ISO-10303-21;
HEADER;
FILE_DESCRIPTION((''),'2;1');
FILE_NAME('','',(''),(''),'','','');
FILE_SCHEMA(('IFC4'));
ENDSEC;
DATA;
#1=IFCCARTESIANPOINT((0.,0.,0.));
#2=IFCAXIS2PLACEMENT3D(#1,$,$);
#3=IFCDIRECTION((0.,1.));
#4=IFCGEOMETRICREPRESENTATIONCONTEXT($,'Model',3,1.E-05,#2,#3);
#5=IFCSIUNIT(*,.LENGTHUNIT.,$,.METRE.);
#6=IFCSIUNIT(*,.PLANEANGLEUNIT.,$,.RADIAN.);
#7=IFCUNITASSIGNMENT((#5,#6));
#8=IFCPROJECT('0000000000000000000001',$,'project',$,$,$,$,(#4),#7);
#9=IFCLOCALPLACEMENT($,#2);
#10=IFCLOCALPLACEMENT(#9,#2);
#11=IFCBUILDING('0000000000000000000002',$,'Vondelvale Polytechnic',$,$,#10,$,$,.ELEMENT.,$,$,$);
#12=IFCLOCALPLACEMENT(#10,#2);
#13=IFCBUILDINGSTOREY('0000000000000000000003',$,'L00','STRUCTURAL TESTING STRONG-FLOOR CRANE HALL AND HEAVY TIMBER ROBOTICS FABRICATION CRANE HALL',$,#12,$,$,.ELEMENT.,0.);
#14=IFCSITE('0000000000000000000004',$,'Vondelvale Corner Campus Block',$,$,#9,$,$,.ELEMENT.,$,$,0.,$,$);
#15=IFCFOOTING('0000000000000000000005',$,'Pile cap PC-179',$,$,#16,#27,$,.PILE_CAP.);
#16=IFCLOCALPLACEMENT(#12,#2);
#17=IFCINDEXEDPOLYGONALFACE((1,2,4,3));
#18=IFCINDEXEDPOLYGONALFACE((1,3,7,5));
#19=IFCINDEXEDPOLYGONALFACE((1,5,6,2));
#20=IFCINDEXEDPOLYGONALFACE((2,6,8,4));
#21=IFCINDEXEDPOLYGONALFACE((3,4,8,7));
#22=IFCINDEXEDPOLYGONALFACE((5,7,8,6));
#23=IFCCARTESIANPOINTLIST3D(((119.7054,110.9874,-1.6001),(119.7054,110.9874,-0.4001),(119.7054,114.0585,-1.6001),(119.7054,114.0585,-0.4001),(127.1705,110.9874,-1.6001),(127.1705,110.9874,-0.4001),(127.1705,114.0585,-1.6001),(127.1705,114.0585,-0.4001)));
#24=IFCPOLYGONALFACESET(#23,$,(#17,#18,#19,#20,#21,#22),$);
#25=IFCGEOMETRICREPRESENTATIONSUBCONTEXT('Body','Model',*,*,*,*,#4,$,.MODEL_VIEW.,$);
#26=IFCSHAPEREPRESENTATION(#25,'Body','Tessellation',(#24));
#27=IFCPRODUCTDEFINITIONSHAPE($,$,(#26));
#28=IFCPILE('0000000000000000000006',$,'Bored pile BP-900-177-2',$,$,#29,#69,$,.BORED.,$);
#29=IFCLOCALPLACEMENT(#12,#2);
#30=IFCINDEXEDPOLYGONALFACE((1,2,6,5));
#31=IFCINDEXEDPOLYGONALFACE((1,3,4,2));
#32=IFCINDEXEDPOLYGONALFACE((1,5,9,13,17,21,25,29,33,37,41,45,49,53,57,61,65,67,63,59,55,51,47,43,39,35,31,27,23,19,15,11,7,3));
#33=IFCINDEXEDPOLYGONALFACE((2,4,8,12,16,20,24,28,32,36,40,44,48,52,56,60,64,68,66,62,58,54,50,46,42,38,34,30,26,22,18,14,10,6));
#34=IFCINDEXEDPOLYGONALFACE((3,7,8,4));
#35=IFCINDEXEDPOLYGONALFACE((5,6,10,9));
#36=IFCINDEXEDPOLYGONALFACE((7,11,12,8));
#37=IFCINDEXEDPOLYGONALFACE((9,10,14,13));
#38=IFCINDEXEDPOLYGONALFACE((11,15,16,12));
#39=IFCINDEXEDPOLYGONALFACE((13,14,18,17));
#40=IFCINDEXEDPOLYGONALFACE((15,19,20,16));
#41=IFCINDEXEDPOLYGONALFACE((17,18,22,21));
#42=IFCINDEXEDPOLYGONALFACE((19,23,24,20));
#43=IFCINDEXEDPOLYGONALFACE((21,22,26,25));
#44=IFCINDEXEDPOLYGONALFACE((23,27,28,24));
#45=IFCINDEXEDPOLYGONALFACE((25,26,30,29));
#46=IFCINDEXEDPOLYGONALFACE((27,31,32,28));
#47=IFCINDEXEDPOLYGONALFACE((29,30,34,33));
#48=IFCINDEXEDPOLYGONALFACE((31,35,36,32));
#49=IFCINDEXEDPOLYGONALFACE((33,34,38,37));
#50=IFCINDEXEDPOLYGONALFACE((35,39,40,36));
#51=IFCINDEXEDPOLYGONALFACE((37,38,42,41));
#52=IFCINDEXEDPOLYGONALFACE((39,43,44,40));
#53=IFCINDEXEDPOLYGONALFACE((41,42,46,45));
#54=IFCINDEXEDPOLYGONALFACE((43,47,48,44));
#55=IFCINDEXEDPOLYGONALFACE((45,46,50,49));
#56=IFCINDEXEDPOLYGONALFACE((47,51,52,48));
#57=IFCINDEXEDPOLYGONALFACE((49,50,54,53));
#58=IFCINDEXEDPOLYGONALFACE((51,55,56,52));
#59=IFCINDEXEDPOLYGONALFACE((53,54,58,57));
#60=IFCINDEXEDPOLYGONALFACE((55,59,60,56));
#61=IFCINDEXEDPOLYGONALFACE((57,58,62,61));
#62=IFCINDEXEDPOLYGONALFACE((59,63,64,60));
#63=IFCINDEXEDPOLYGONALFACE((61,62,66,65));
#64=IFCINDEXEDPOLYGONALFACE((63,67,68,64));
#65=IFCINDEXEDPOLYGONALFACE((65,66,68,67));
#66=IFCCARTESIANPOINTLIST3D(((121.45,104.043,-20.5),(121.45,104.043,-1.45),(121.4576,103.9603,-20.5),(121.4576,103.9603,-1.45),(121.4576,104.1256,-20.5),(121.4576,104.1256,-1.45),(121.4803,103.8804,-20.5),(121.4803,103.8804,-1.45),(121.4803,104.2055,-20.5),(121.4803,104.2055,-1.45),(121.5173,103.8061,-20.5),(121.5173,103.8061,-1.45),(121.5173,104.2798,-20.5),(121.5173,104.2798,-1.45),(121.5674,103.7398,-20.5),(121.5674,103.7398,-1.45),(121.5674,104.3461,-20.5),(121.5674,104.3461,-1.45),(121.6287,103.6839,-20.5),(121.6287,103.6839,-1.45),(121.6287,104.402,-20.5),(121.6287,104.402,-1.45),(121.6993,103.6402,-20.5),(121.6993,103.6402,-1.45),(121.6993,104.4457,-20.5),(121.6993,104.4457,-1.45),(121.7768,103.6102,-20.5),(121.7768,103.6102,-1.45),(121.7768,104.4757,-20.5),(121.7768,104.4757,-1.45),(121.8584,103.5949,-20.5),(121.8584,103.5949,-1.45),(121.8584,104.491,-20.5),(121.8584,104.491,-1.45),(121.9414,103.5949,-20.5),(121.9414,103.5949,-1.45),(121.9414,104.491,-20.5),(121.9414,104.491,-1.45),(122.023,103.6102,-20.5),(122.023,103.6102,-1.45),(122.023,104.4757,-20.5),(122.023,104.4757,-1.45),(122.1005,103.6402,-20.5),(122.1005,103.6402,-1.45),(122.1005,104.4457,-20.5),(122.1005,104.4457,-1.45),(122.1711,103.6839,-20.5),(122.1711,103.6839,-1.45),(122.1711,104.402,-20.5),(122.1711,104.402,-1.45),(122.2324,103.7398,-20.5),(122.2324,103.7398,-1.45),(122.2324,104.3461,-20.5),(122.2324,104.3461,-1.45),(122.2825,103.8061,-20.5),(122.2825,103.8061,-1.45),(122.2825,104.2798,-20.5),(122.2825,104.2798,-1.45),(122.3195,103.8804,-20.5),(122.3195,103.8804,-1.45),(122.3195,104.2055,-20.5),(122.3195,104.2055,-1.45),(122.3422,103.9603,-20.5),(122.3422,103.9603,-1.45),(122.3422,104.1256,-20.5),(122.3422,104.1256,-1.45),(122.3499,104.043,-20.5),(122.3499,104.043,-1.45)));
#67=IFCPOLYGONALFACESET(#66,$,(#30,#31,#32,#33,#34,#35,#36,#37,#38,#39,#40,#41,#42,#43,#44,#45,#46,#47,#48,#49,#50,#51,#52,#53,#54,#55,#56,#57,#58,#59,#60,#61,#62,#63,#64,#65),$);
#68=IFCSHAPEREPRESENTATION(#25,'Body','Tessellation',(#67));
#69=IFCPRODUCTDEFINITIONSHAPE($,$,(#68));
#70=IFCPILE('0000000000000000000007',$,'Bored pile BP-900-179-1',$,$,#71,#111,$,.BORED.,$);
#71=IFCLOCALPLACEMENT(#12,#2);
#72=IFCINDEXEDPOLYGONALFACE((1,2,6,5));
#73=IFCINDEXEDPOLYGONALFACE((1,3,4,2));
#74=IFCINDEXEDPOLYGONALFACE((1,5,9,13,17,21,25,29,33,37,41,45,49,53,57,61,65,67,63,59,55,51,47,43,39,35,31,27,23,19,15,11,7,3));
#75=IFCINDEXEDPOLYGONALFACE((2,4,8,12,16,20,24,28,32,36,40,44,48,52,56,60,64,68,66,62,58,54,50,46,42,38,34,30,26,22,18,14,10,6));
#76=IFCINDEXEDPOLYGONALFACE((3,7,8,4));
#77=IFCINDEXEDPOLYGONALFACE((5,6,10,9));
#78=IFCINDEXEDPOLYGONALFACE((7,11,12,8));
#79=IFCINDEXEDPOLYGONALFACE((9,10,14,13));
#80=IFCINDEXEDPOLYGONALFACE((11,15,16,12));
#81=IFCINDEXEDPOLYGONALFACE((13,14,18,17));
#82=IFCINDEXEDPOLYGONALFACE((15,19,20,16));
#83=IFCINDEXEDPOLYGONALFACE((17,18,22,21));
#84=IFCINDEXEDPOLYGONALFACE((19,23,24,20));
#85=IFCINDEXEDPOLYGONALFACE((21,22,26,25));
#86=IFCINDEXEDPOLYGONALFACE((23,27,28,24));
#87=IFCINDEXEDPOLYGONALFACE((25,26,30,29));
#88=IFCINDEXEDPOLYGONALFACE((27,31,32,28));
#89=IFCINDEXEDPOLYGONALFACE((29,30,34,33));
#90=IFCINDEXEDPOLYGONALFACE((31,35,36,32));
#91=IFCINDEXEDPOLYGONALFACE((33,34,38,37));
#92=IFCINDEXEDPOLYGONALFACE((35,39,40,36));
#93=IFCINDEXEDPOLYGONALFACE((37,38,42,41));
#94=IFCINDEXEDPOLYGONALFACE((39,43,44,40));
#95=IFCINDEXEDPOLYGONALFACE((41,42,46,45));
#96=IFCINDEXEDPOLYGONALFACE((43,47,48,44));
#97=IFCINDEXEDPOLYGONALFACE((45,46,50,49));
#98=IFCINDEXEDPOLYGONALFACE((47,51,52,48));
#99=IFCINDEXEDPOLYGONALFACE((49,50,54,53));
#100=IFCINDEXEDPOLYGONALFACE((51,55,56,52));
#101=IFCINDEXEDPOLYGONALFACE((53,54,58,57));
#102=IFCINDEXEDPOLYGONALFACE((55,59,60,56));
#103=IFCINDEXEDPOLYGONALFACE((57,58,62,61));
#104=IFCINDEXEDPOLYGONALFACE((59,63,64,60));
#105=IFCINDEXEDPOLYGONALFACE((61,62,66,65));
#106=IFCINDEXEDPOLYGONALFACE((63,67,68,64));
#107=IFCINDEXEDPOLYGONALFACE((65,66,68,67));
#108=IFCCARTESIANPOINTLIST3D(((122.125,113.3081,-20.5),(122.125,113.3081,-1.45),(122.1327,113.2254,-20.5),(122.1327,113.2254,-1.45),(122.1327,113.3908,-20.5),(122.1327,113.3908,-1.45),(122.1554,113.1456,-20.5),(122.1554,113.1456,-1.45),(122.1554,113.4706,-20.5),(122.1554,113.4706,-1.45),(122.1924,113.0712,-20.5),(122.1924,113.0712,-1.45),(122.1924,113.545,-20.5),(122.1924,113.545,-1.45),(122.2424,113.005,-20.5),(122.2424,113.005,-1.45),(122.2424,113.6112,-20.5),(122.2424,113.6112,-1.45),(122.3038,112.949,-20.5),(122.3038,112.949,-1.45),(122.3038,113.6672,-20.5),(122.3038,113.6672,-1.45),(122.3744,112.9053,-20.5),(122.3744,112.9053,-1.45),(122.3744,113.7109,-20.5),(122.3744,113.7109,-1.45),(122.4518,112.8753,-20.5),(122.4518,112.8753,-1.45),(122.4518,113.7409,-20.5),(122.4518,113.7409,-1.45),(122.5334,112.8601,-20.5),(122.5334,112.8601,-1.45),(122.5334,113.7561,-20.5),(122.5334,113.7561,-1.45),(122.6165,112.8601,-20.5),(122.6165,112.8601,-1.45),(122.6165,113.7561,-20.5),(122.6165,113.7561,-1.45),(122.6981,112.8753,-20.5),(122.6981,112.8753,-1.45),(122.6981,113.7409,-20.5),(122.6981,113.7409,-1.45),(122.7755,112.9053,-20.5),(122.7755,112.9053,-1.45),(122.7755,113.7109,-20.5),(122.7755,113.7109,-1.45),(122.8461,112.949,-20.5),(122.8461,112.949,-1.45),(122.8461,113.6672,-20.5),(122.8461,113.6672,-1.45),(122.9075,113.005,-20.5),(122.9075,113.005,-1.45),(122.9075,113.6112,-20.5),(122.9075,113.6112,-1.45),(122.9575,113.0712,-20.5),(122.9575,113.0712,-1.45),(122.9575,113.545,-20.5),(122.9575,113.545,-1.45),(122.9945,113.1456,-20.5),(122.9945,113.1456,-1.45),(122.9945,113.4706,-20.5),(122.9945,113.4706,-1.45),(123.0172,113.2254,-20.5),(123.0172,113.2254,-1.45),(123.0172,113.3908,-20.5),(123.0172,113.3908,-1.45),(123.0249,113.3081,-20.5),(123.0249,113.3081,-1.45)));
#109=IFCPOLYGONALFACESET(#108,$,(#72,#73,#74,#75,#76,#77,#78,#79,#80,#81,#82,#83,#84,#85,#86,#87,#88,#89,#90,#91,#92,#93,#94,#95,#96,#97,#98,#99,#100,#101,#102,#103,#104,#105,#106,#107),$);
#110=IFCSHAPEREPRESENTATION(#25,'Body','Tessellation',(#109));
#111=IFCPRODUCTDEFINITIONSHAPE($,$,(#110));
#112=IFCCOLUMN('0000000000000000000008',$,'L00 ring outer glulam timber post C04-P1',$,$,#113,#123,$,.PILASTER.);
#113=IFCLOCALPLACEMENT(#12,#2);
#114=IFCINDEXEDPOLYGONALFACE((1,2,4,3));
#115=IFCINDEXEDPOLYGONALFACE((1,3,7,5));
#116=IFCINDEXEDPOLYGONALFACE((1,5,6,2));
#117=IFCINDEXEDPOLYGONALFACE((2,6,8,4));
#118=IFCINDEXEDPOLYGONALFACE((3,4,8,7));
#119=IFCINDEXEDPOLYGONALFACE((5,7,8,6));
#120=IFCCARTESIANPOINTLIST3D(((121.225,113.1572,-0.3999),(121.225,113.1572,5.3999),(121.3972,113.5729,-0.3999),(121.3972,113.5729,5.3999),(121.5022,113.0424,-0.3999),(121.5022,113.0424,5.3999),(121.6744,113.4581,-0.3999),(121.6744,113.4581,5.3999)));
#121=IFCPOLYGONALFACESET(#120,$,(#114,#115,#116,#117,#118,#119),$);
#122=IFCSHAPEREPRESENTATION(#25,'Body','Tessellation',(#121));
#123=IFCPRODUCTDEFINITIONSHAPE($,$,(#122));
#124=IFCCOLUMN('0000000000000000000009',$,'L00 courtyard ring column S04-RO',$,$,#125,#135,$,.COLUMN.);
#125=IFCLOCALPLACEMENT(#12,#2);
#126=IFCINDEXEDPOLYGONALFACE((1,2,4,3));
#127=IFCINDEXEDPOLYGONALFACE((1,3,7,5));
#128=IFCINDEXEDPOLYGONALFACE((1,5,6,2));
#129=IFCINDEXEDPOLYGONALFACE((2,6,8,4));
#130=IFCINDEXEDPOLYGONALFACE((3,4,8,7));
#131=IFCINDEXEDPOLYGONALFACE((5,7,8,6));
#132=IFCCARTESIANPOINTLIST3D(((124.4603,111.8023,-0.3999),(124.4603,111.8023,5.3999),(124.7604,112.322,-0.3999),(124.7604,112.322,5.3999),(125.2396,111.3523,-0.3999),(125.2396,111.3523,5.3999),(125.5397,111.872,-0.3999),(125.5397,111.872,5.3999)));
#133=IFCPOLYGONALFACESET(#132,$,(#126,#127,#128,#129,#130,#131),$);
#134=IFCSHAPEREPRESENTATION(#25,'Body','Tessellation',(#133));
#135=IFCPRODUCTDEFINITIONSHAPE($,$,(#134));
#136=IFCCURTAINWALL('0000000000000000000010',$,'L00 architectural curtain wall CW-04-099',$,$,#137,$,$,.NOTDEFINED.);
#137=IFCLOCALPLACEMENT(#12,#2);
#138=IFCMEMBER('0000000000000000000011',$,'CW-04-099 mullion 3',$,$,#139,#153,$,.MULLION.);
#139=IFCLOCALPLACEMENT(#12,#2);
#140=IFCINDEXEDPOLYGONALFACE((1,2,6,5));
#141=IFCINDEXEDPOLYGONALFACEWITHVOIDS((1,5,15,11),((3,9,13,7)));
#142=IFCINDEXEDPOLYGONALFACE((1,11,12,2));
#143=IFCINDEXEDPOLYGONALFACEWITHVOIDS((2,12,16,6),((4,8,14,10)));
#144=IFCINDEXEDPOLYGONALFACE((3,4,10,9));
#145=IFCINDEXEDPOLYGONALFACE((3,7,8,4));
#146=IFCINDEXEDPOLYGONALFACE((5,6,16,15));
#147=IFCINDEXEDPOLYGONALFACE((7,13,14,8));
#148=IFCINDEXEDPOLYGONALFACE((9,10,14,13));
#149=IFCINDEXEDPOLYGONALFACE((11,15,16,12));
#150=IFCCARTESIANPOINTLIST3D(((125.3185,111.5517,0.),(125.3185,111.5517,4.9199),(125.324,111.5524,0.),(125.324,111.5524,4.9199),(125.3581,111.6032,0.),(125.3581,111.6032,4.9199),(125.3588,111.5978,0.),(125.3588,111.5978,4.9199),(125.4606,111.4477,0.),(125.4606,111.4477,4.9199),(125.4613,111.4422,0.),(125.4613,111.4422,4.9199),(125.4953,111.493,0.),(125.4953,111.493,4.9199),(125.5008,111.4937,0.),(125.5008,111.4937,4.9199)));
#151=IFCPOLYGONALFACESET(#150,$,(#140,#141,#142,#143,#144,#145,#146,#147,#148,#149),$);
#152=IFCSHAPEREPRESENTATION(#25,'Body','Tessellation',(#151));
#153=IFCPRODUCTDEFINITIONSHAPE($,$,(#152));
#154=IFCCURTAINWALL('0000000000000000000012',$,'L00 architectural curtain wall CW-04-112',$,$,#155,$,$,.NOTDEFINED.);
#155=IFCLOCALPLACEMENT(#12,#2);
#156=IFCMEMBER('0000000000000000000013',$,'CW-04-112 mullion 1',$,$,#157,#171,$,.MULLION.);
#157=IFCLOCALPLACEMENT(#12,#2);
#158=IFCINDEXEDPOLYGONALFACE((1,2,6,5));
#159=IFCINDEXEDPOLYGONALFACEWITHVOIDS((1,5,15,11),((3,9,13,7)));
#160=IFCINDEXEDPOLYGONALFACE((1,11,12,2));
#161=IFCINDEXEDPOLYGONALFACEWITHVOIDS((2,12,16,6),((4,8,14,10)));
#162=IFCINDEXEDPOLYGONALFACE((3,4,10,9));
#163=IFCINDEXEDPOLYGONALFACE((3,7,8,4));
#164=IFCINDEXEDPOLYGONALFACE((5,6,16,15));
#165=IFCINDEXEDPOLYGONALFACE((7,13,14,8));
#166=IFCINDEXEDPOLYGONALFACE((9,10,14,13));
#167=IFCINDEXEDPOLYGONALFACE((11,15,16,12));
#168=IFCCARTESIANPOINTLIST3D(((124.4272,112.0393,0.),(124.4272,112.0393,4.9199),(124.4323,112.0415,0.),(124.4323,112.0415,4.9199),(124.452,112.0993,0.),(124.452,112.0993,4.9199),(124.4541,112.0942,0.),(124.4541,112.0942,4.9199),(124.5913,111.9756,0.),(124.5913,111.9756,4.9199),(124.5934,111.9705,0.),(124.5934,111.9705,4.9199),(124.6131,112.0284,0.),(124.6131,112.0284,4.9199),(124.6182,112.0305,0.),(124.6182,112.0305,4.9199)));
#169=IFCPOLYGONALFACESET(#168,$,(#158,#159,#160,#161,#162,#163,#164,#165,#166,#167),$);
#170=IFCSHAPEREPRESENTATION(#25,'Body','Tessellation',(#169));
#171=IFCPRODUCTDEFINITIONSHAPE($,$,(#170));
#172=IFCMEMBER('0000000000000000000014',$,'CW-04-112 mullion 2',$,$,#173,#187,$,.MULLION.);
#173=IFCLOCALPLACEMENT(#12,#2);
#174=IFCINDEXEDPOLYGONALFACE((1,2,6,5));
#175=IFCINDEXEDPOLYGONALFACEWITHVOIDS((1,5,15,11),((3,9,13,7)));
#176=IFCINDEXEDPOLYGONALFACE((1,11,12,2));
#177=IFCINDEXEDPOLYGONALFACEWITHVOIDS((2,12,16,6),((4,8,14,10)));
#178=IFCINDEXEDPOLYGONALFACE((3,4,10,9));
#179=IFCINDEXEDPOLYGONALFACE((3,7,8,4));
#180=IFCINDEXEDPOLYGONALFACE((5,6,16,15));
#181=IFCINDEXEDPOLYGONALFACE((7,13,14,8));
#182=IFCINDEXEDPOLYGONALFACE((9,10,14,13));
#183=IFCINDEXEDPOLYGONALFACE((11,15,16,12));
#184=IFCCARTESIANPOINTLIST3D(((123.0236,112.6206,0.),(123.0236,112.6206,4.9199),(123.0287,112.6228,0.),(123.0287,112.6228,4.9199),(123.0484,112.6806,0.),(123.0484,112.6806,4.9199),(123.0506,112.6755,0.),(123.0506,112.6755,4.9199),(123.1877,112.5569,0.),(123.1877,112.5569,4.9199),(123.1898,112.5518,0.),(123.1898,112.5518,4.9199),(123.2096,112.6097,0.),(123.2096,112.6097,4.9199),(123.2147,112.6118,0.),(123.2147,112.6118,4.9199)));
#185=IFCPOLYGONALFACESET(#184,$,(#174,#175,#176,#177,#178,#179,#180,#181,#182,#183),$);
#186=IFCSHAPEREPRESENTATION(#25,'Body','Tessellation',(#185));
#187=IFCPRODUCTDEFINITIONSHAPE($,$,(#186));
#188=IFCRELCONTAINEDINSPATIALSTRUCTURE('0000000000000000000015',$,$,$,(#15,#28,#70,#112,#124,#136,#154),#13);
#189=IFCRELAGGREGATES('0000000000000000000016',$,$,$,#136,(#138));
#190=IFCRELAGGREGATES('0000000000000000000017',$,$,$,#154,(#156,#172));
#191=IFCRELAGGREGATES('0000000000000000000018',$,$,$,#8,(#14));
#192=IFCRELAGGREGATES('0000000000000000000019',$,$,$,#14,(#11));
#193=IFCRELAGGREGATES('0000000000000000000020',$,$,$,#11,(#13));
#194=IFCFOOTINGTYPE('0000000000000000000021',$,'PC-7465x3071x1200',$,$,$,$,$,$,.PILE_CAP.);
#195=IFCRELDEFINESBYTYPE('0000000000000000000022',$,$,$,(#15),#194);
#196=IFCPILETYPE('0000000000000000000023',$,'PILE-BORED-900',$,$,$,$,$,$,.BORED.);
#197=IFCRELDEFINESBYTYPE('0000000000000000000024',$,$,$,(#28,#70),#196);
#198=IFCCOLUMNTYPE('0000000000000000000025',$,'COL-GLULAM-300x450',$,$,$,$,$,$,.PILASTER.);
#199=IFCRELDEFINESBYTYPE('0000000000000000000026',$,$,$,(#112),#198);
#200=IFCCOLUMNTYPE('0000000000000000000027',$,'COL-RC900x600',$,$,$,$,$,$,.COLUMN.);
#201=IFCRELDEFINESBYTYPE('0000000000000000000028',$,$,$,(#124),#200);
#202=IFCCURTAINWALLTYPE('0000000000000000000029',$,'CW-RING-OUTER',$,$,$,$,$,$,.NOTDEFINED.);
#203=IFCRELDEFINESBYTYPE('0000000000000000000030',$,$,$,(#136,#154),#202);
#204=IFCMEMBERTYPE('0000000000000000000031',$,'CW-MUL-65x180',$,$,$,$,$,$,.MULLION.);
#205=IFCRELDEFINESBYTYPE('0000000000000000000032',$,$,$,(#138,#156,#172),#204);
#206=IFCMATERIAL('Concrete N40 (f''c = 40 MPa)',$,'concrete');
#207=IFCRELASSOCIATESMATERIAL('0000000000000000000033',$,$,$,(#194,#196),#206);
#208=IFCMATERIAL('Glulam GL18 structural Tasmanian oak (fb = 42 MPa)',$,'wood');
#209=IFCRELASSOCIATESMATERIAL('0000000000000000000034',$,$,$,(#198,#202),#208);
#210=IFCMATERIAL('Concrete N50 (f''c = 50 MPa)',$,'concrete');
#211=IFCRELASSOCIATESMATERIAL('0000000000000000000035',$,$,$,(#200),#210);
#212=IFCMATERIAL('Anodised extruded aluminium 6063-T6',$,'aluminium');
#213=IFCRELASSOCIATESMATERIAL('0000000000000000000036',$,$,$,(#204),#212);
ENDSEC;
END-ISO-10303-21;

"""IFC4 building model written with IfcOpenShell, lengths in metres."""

from ifc_helpers import new_model, si_unit, direction, frame, origin, origin_2d, place, context, subcontext, project, spatial, rectangle, hollow_rectangle, circle, extrude, material, material_profile, profile_set, type_object, element, aggregate, save


model = new_model("IFC4")

# Units and contexts
model_context = context("Model", 3, precision=1e-05, world=origin(), true_north=direction((0.0, 1.0)))
body_context = subcontext(model_context, "Body", "Model", "MODEL_VIEW")
ifc_project = project(units=[si_unit("LENGTHUNIT", "METRE"), si_unit("PLANEANGLEUNIT", "RADIAN")], contexts=[model_context])

# Site, building, storey
site_placement = place(None, origin())
site = spatial("IfcSite", under=ifc_project, at=site_placement, Name="Vondelvale Corner Campus Block", CompositionType="ELEMENT", RefElevation=0.0)
building_placement = place(site_placement, origin())
building = spatial("IfcBuilding", under=site, at=building_placement, Name="Vondelvale Polytechnic", CompositionType="ELEMENT")
storey_placement = place(building_placement, origin())
storey = spatial("IfcBuildingStorey", under=building, at=storey_placement, Name="L00", Description="STRUCTURAL TESTING STRONG-FLOOR CRANE HALL AND HEAVY TIMBER ROBOTICS FABRICATION CRANE HALL", CompositionType="ELEMENT", Elevation=0.0)

# Footing
ifc_material_1 = material(Name="Concrete N40 (f'c = 40 MPa)", Category="concrete")
footing_type = type_object("IfcFootingType", Name="PC-7465x3071x1200", PredefinedType="PILE_CAP", material=ifc_material_1)
footing_placement = place(storey_placement, frame((123.438, 112.5229, -1.6001), z_axis=(0.0, 0.0, 1.0), x_axis=(1.0, 0.0, 0.0)))
element("IfcFooting", 1, at=footing_placement, inside=storey, type_object=footing_type, Name="Pile cap PC-179", PredefinedType="PILE_CAP", context=body_context, shape_type="SweptSolid", body=[
    extrude(rectangle(XDim=7.4651, YDim=3.071, at=origin_2d()), origin(), (0.0, 0.0, 1.0), 1.2),
])

# Piles
ifc_material_profile_1 = material_profile(ifc_material_1, circle(Radius=0.45, at=origin_2d()), Name="PILE-D900")
ifc_profile_set_1 = profile_set([ifc_material_profile_1], Name="Concrete N40 (f'c = 40 MPa)")
pile_type = type_object("IfcPileType", Name="PILE-BORED-900", PredefinedType="BORED", material=ifc_profile_set_1)
for number, where, z_axis, x_axis, name in (
    (2, (121.8999, 104.043, -1.45), (0.0, 0.0, -1.0), (1.0, 0.0, 0.0), "Bored pile BP-900-177-2"),
    (3, (122.575, 113.3081, -1.45), (0.0, 0.0, -1.0), (1.0, 0.0, 0.0), "Bored pile BP-900-179-1"),
):
    element("IfcPile", number, at=place(storey_placement, frame(where, z_axis=z_axis, x_axis=x_axis)), inside=storey, type_object=pile_type, Name=name, PredefinedType="BORED", context=body_context, shape_type="SweptSolid", body=[
        extrude(circle(Radius=0.45, at=origin_2d()), origin(), (0.0, 0.0, 1.0), 19.05),
    ])

# Columns
ifc_material_2 = material(Name="Glulam GL18 structural Tasmanian oak (fb = 42 MPa)", Category="wood")
ifc_material_profile_2 = material_profile(ifc_material_2, rectangle(XDim=0.3, YDim=0.45, at=origin_2d()), Name="GL-POST-300x450")
ifc_profile_set_2 = profile_set([ifc_material_profile_2], Name="Glulam GL18 structural Tasmanian oak (fb = 42 MPa)")
column_type_1 = type_object("IfcColumnType", Name="COL-GLULAM-300x450", PredefinedType="PILASTER", material=ifc_profile_set_2)
column_1_placement = place(storey_placement, frame((121.4497, 113.3076, -0.3999), z_axis=(0.0, 0.0, 1.0), x_axis=(-0.92388, 0.382683, 0.0)))
element("IfcColumn", 4, at=column_1_placement, inside=storey, type_object=column_type_1, Name="L00 ring outer glulam timber post C04-P1", PredefinedType="PILASTER", context=body_context, shape_type="SweptSolid", body=[
    extrude(rectangle(XDim=0.3, YDim=0.45, at=origin_2d()), origin(), (0.0, 0.0, 1.0), 5.7998),
])
ifc_material_3 = material(Name="Concrete N50 (f'c = 50 MPa)", Category="concrete")
ifc_material_profile_3 = material_profile(ifc_material_3, rectangle(XDim=0.6001, YDim=0.8999, at=origin_2d()), Name="RC-COL-900x600")
ifc_profile_set_3 = profile_set([ifc_material_profile_3], Name="Concrete N50 (f'c = 50 MPa)")
column_type_2 = type_object("IfcColumnType", Name="COL-RC900x600", PredefinedType="COLUMN", material=ifc_profile_set_3)
column_2_placement = place(storey_placement, frame((125.0, 111.8372, -0.3999), z_axis=(0.0, 0.0, 1.0), x_axis=(0.5, 0.866025, 0.0)))
element("IfcColumn", 5, at=column_2_placement, inside=storey, type_object=column_type_2, Name="L00 courtyard ring column S04-RO", PredefinedType="COLUMN", context=body_context, shape_type="SweptSolid", body=[
    extrude(rectangle(XDim=0.6001, YDim=0.8999, at=origin_2d()), origin(), (0.0, 0.0, 1.0), 5.7998),
])

# Curtain wall, member
curtain_wall_type = type_object("IfcCurtainWallType", Name="CW-RING-OUTER", PredefinedType="NOTDEFINED", material=ifc_material_2)
curtain_wall_1_placement = place(storey_placement, origin())
curtain_wall_1 = element("IfcCurtainWall", 6, at=curtain_wall_1_placement, inside=storey, type_object=curtain_wall_type, Name="L00 architectural curtain wall CW-04-099", PredefinedType="NOTDEFINED")
ifc_material_4 = material(Name="Anodised extruded aluminium 6063-T6", Category="aluminium")
ifc_material_profile_4 = material_profile(ifc_material_4, hollow_rectangle(XDim=0.0649, YDim=0.1799, WallThickness=0.0039, at=origin_2d()), Name="CW-MUL-180x65")
ifc_profile_set_4 = profile_set([ifc_material_profile_4], Name="Anodised extruded aluminium 6063-T6")
member_type_1 = type_object("IfcMemberType", Name="CW-MUL-65x180", PredefinedType="MULLION", material=ifc_profile_set_4)
member_1_placement = place(storey_placement, frame((125.4097, 111.5227, 0.0), z_axis=(0.0, 0.0, 1.0), x_axis=(-0.608764, -0.793352, 0.0)))
member_1 = element("IfcMember", 7, at=member_1_placement, type_object=member_type_1, Name="CW-04-099 mullion 3", PredefinedType="MULLION", context=body_context, shape_type="SweptSolid", body=[
    extrude(hollow_rectangle(XDim=0.0649, YDim=0.1799, WallThickness=0.0039, at=origin_2d()), origin(), (0.0, 0.0, 1.0), 4.9199),
])
aggregate(curtain_wall_1, [member_1])

# Curtain wall, members
curtain_wall_2_placement = place(storey_placement, origin())
curtain_wall_2 = element("IfcCurtainWall", 8, at=curtain_wall_2_placement, inside=storey, type_object=curtain_wall_type, Name="L00 architectural curtain wall CW-04-112", PredefinedType="NOTDEFINED")
member_2_placement = place(storey_placement, frame((124.5227, 112.0349, 0.0), z_axis=(0.0, 0.0, 1.0), x_axis=(-0.382679, -0.923881, 0.0)))
member_2 = element("IfcMember", 9, at=member_2_placement, type_object=member_type_1, Name="CW-04-112 mullion 1", PredefinedType="MULLION", context=body_context, shape_type="SweptSolid", body=[
    extrude(hollow_rectangle(XDim=0.0649, YDim=0.1799, WallThickness=0.0039, at=origin_2d()), origin(), (0.0, 0.0, 1.0), 4.9199),
])
member_3_placement = place(storey_placement, frame((123.1191, 112.6162, 0.0), z_axis=(0.0, 0.0, 1.0), x_axis=(-0.382679, -0.923881, 0.0)))
member_3 = element("IfcMember", 10, at=member_3_placement, type_object=member_type_1, Name="CW-04-112 mullion 2", PredefinedType="MULLION", context=body_context, shape_type="SweptSolid", body=[
    extrude(hollow_rectangle(XDim=0.0649, YDim=0.1799, WallThickness=0.0039, at=origin_2d()), origin(), (0.0, 0.0, 1.0), 4.9199),
])

aggregate(curtain_wall_2, [member_2, member_3])

save(model, "model.ifc")
